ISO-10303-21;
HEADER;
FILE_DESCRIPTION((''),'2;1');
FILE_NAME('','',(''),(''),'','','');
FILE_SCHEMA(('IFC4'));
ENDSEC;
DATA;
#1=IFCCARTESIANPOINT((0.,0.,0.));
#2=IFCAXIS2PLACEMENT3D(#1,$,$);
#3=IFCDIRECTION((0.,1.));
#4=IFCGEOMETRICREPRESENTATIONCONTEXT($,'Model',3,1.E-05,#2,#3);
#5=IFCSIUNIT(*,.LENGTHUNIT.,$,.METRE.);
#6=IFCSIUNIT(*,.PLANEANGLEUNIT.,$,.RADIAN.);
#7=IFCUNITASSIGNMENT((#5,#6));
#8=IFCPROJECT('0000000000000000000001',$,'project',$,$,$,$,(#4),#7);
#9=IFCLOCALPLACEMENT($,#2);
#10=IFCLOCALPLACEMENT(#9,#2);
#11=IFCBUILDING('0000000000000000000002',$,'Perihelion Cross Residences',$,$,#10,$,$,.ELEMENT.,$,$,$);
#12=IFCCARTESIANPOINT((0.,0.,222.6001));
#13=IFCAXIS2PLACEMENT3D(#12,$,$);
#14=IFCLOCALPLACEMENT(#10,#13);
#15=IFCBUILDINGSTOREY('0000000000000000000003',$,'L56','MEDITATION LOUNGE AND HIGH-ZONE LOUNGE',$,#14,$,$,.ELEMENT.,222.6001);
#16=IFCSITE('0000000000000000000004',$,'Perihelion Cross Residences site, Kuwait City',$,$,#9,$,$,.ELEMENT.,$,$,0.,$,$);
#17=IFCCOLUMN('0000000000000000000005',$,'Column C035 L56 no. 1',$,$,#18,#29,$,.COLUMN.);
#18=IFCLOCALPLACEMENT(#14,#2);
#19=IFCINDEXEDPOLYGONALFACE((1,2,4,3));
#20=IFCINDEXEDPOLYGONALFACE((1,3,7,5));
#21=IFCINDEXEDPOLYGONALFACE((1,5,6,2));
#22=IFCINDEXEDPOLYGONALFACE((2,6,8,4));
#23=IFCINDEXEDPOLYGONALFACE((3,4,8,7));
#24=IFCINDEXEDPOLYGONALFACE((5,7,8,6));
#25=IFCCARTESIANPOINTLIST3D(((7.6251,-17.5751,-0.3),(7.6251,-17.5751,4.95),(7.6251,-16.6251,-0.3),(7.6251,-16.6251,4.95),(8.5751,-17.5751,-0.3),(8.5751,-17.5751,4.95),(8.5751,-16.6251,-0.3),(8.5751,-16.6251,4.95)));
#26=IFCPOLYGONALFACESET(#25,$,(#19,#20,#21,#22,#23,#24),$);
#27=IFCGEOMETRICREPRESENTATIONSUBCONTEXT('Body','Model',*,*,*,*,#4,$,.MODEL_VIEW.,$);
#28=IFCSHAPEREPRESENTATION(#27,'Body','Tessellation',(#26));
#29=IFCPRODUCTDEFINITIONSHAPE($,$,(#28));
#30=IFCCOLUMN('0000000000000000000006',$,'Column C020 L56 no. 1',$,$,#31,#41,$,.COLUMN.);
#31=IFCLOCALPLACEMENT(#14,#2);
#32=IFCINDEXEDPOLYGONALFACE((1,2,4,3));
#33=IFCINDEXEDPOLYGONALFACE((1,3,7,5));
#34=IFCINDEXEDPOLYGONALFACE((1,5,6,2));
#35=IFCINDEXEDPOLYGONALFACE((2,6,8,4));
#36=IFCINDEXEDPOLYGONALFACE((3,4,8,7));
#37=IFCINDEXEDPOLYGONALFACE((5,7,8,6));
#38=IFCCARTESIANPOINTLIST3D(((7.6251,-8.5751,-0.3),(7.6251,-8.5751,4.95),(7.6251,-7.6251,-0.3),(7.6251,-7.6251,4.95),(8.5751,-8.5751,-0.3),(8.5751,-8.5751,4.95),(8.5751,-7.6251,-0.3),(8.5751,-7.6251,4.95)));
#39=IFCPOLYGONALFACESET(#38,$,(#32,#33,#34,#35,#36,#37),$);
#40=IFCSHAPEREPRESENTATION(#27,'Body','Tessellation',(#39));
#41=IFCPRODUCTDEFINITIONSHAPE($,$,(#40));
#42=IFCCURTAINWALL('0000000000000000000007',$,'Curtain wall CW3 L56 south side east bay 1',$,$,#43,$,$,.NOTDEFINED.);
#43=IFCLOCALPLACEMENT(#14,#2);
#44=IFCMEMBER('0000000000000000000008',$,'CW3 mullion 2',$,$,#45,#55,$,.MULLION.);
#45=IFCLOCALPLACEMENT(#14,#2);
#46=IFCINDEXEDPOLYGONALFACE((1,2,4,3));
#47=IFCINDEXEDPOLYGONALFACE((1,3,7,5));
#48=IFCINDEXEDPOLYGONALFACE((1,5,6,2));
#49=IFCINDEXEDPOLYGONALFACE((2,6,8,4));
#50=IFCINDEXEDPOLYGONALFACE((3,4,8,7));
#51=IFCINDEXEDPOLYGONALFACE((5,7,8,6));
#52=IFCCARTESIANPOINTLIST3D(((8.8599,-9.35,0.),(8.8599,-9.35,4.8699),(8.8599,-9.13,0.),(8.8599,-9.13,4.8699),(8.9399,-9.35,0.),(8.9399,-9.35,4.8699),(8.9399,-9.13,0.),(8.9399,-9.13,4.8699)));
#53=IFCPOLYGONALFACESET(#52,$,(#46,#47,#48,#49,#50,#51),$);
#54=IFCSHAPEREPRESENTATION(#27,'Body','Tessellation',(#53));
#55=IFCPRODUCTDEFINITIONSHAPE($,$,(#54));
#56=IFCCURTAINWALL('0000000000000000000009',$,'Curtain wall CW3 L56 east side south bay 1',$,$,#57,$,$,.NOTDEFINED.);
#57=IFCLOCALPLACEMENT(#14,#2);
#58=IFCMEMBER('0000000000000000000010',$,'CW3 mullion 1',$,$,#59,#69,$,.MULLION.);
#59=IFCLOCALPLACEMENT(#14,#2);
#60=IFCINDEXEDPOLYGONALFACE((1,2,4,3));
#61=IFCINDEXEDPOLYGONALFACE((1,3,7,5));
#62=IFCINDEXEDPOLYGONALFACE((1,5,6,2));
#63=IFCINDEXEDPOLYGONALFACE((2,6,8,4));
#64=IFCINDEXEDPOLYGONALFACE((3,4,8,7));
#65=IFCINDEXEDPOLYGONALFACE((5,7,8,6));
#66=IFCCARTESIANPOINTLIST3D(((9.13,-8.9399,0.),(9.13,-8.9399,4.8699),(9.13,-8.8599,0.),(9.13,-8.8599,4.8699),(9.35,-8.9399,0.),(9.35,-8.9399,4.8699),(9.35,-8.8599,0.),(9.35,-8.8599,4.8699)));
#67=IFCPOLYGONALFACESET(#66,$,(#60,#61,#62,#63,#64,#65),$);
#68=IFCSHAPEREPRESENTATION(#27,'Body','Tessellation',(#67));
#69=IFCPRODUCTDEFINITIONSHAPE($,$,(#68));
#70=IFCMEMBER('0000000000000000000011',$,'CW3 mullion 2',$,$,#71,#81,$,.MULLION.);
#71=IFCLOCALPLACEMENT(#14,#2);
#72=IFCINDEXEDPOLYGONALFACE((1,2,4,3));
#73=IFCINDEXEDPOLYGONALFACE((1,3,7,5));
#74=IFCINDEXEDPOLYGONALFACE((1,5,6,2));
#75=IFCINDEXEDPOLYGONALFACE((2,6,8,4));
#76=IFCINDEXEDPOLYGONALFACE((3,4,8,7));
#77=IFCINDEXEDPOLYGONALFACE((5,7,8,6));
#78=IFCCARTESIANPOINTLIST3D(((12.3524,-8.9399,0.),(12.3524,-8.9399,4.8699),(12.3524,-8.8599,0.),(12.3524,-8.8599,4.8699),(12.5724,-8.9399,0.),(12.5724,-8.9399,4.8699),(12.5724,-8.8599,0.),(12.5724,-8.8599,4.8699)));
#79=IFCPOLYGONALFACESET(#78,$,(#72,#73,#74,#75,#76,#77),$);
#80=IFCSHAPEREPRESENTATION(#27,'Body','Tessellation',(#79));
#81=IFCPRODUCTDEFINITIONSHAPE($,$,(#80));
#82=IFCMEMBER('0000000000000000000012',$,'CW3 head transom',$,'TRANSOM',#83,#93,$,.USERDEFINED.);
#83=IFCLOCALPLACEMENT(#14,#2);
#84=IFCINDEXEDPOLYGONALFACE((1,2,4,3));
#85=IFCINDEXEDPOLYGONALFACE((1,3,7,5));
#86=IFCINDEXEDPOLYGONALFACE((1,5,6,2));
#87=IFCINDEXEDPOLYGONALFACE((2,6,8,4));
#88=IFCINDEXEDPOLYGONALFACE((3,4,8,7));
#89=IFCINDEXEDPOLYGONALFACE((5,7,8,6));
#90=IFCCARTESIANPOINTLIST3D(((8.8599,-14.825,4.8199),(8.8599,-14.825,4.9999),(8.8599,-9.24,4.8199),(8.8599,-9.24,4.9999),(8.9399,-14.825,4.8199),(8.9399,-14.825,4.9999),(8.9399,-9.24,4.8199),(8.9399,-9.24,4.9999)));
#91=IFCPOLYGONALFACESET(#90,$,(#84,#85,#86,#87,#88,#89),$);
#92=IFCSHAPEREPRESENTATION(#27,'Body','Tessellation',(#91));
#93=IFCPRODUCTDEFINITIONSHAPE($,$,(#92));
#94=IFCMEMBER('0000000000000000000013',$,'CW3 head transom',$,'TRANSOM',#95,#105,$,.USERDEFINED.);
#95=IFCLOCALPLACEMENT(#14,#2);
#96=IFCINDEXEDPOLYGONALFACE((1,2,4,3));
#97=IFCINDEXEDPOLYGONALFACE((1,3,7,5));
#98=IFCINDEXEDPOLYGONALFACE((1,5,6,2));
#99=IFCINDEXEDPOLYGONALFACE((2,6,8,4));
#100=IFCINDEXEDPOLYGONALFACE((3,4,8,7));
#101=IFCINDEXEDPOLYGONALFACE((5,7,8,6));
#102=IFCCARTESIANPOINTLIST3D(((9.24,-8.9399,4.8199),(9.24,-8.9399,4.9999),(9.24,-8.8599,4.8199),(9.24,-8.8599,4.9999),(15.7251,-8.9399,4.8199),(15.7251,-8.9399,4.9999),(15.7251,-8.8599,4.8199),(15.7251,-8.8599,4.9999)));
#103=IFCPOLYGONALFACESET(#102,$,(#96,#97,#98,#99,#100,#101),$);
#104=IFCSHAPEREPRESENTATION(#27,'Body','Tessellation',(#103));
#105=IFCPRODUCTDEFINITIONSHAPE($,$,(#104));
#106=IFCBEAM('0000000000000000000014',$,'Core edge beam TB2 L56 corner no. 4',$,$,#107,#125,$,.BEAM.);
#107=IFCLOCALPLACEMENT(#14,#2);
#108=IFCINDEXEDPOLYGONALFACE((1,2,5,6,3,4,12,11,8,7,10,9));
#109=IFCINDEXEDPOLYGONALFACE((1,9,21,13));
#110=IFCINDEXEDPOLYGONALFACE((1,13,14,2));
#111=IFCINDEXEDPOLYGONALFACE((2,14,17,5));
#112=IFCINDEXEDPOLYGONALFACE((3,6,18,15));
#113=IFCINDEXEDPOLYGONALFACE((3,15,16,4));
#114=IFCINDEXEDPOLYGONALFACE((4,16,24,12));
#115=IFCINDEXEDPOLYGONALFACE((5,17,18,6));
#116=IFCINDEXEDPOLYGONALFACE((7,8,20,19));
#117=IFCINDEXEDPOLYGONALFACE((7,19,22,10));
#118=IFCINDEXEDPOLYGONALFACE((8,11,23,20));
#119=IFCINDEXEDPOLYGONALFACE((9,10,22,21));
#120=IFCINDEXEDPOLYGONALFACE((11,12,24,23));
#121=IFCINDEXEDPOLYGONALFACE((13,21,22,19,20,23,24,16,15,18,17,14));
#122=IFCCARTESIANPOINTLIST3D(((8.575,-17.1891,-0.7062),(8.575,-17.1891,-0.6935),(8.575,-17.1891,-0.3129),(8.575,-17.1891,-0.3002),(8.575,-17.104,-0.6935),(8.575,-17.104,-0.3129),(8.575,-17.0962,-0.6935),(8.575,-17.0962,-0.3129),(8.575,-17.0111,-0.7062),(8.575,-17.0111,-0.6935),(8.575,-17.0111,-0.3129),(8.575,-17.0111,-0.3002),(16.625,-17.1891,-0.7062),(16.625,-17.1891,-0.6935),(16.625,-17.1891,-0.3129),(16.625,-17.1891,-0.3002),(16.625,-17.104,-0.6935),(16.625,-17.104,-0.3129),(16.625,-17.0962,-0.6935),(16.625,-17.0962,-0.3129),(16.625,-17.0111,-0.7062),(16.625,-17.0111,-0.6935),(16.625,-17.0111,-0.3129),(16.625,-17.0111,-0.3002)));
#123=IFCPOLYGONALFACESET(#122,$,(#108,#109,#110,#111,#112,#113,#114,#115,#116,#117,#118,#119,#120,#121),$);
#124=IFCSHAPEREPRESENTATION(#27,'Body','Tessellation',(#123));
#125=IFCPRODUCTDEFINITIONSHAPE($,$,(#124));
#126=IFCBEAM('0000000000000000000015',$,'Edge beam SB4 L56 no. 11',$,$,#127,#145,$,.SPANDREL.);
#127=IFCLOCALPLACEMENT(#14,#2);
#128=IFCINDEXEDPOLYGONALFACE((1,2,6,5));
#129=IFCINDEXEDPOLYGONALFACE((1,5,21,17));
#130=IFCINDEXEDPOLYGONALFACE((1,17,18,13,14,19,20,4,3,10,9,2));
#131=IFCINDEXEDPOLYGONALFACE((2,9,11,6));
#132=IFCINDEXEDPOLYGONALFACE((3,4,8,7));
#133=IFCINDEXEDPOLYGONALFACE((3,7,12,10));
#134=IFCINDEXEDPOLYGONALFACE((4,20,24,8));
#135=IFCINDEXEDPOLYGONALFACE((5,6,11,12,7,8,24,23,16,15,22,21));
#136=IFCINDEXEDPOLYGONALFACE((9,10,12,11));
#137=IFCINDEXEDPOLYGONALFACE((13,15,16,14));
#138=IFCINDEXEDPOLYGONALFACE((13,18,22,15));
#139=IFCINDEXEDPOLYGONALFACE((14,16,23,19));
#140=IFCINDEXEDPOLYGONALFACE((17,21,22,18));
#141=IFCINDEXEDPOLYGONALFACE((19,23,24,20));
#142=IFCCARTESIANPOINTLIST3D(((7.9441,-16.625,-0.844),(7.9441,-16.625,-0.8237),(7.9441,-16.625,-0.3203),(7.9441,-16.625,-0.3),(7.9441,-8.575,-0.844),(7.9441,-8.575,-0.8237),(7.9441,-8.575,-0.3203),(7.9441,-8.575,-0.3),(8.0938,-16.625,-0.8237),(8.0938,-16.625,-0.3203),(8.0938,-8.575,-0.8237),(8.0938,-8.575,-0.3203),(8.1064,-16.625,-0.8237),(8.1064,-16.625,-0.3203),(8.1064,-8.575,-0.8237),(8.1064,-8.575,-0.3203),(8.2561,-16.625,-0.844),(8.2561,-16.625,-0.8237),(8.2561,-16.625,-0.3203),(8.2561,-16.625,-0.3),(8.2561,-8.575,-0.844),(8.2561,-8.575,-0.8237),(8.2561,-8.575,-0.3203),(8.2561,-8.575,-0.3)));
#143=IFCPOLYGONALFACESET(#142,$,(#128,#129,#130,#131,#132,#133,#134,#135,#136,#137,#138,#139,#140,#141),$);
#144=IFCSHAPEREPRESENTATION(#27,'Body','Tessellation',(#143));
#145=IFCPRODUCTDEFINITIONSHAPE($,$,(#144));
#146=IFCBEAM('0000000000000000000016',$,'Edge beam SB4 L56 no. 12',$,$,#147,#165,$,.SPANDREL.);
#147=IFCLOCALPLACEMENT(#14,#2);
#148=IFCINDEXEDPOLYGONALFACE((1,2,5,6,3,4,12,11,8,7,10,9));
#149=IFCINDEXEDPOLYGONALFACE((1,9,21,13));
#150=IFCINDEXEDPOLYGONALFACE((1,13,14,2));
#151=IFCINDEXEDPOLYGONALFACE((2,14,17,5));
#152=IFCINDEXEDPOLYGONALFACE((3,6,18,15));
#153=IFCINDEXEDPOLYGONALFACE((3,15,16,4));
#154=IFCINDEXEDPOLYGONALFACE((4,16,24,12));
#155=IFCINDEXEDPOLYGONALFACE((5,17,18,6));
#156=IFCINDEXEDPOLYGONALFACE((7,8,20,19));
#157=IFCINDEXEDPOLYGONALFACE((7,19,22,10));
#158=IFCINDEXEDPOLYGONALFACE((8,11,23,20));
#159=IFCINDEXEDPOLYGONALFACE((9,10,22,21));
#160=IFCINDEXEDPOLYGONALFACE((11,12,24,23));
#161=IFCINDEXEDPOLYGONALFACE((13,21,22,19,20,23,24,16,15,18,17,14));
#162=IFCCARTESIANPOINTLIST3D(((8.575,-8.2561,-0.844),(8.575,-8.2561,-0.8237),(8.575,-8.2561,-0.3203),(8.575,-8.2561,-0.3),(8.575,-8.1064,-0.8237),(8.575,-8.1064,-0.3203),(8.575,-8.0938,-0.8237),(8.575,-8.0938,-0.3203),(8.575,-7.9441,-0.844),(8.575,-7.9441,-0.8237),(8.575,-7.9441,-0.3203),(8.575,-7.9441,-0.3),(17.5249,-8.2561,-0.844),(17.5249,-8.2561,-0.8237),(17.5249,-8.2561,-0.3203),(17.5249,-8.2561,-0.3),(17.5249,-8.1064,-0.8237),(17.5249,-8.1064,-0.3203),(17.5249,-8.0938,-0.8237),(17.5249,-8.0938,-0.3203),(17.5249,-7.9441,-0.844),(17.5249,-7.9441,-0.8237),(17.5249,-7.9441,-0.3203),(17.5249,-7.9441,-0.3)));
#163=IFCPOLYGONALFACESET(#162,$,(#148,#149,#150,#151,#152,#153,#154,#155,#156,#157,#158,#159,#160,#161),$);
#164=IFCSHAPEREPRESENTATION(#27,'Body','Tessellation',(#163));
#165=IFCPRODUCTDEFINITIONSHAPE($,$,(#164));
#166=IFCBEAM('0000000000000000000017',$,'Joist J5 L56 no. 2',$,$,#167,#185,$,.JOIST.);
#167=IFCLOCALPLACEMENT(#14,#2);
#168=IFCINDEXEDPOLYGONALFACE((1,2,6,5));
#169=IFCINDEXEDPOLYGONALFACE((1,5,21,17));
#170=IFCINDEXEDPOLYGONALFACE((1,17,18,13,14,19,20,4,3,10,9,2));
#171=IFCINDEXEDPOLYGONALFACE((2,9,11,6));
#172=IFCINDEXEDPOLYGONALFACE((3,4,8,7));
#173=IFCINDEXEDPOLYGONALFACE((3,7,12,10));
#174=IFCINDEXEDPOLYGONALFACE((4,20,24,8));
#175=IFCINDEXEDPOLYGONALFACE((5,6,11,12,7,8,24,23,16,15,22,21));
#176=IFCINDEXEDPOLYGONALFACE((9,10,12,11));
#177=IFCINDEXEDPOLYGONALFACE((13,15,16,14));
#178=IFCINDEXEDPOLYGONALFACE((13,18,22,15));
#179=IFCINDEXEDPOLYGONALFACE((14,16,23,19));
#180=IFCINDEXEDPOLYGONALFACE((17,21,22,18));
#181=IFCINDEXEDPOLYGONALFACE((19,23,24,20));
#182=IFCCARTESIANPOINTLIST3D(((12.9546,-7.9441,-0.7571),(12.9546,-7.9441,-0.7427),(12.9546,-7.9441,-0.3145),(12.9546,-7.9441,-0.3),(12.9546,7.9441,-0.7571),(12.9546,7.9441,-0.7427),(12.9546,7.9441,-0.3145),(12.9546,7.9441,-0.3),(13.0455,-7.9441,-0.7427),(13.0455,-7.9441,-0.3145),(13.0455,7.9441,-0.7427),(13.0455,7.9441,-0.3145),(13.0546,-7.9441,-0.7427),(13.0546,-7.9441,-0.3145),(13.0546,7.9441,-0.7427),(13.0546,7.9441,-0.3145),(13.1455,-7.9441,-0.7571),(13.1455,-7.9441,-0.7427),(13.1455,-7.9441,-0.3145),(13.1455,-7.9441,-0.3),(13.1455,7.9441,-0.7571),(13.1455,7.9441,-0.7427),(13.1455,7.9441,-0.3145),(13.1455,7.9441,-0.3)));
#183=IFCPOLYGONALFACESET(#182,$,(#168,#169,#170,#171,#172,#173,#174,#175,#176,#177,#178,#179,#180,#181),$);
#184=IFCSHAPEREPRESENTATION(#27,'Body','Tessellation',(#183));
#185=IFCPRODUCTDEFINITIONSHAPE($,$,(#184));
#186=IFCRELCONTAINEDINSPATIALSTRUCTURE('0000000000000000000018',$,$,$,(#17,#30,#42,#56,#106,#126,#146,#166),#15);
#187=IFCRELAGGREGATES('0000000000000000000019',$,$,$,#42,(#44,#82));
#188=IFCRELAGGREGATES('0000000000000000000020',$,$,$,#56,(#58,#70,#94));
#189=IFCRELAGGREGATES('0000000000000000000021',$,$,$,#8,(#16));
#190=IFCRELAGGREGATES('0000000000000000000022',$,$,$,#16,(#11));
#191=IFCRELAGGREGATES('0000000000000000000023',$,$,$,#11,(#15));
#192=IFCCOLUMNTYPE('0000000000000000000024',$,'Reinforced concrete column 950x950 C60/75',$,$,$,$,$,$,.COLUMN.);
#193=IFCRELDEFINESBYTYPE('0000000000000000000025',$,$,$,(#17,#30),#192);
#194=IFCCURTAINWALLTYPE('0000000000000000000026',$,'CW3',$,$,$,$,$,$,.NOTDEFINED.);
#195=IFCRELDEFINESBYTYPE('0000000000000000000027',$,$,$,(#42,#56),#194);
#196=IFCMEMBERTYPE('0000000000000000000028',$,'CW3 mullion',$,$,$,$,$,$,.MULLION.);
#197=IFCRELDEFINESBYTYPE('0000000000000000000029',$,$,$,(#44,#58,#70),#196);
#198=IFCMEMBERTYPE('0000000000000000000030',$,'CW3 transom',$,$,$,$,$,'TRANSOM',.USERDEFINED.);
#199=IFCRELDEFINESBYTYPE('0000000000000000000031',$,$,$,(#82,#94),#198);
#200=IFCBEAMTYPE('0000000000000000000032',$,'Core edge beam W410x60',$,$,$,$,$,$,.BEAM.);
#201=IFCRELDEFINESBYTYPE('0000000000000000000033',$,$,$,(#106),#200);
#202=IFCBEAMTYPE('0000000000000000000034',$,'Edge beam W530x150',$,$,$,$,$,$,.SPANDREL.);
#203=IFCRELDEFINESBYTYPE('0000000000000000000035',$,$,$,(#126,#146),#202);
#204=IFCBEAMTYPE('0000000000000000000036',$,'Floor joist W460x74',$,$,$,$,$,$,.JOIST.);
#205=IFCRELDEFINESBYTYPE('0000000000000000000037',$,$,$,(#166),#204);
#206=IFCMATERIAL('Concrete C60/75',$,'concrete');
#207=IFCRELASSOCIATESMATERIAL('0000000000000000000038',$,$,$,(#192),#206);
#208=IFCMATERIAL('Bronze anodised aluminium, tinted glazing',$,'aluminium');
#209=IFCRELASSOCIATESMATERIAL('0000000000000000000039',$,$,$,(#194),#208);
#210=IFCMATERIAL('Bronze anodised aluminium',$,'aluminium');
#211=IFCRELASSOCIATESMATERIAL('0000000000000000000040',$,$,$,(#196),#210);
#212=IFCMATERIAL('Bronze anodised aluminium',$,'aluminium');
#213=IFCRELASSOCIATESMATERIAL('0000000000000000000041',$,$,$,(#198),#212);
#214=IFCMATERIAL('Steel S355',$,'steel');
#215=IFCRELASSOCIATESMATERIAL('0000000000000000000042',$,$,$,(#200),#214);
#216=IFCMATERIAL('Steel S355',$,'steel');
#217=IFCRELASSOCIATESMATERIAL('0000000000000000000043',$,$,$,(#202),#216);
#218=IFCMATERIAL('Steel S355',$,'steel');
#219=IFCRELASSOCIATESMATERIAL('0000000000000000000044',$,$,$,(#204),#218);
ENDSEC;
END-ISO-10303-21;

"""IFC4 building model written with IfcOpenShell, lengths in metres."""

from ifc_helpers import new_model, si_unit, direction, frame, origin, origin_2d, place, context, subcontext, project, spatial, rectangle, i_section, extrude, material, material_profile, profile_set, type_object, element, aggregate, save


model = new_model("IFC4")

# Units and contexts
model_context = context("Model", 3, precision=1e-05, world=origin(), true_north=direction((0.0, 1.0)))
body_context = subcontext(model_context, "Body", "Model", "MODEL_VIEW")
ifc_project = project(units=[si_unit("LENGTHUNIT", "METRE"), si_unit("PLANEANGLEUNIT", "RADIAN")], contexts=[model_context])

# Site, building, storey
site_placement = place(None, origin())
site = spatial("IfcSite", under=ifc_project, at=site_placement, Name="Perihelion Cross Residences site, Kuwait City", CompositionType="ELEMENT", RefElevation=0.0)
building_placement = place(site_placement, origin())
building = spatial("IfcBuilding", under=site, at=building_placement, Name="Perihelion Cross Residences", CompositionType="ELEMENT")
storey_placement = place(building_placement, frame((0.0, 0.0, 222.6001)))
storey = spatial("IfcBuildingStorey", under=building, at=storey_placement, Name="L56", Description="MEDITATION LOUNGE AND HIGH-ZONE LOUNGE", CompositionType="ELEMENT", Elevation=222.6001)

# Columns
ifc_material_1 = material(Name="Concrete C60/75", Category="concrete")
ifc_material_profile_1 = material_profile(ifc_material_1, rectangle(XDim=0.95, YDim=0.95, at=origin_2d()), Name="RC 950x950")
ifc_profile_set_1 = profile_set([ifc_material_profile_1], Name="Concrete C60/75")
column_type = type_object("IfcColumnType", Name="Reinforced concrete column 950x950 C60/75", PredefinedType="COLUMN", material=ifc_profile_set_1)
for number, where, z_axis, x_axis, name in (
    (1, (8.1001, -17.1001, -0.3), (0.0, 0.0, 1.0), (1.0, 0.0, 0.0), "Column C035 L56 no. 1"),
    (2, (8.1001, -8.1001, -0.3), (0.0, 0.0, 1.0), (1.0, 0.0, 0.0), "Column C020 L56 no. 1"),
):
    element("IfcColumn", number, at=place(storey_placement, frame(where, z_axis=z_axis, x_axis=x_axis)), inside=storey, type_object=column_type, Name=name, PredefinedType="COLUMN", context=body_context, shape_type="SweptSolid", body=[
        extrude(rectangle(XDim=0.95, YDim=0.95, at=origin_2d()), origin(), (0.0, 0.0, 1.0), 5.25),
    ])

# Curtain wall, member
ifc_material_2 = material(Name="Bronze anodised aluminium, tinted glazing", Category="aluminium")
curtain_wall_type = type_object("IfcCurtainWallType", Name="CW3", PredefinedType="NOTDEFINED", material=ifc_material_2)
curtain_wall_1_placement = place(storey_placement, origin())
curtain_wall_1 = element("IfcCurtainWall", 3, at=curtain_wall_1_placement, inside=storey, type_object=curtain_wall_type, Name="Curtain wall CW3 L56 south side east bay 1", PredefinedType="NOTDEFINED")
ifc_material_3 = material(Name="Bronze anodised aluminium", Category="aluminium")
ifc_material_profile_2 = material_profile(ifc_material_3, rectangle(XDim=0.0801, YDim=0.22, at=origin_2d()), Name="CW3 mullion")
ifc_profile_set_2 = profile_set([ifc_material_profile_2], Name="Bronze anodised aluminium")
member_type_1 = type_object("IfcMemberType", Name="CW3 mullion", PredefinedType="MULLION", material=ifc_profile_set_2)
member_1_placement = place(storey_placement, frame((8.8999, -9.24, 0.0), z_axis=(0.0, 0.0, 1.0), x_axis=(-1.0, 0.0, 0.0)))
member_1 = element("IfcMember", 4, at=member_1_placement, type_object=member_type_1, Name="CW3 mullion 2", PredefinedType="MULLION", context=body_context, shape_type="SweptSolid", body=[
    extrude(rectangle(XDim=0.0801, YDim=0.22, at=origin_2d()), origin(), (0.0, 0.0, 1.0), 4.8699),
])

# Curtain wall, members
curtain_wall_2_placement = place(storey_placement, origin())
curtain_wall_2 = element("IfcCurtainWall", 5, at=curtain_wall_2_placement, inside=storey, type_object=curtain_wall_type, Name="Curtain wall CW3 L56 east side south bay 1", PredefinedType="NOTDEFINED")
member_2_placement = place(storey_placement, frame((9.24, -8.8999, 0.0), z_axis=(0.0, 0.0, 1.0), x_axis=(0.0, 1.0, 0.0)))
member_2 = element("IfcMember", 6, at=member_2_placement, type_object=member_type_1, Name="CW3 mullion 1", PredefinedType="MULLION", context=body_context, shape_type="SweptSolid", body=[
    extrude(rectangle(XDim=0.0801, YDim=0.22, at=origin_2d()), origin(), (0.0, 0.0, 1.0), 4.8699),
])
member_3_placement = place(storey_placement, frame((12.4624, -8.8999, 0.0), z_axis=(0.0, 0.0, 1.0), x_axis=(0.0, 1.0, 0.0)))
member_3 = element("IfcMember", 7, at=member_3_placement, type_object=member_type_1, Name="CW3 mullion 2", PredefinedType="MULLION", context=body_context, shape_type="SweptSolid", body=[
    extrude(rectangle(XDim=0.0801, YDim=0.22, at=origin_2d()), origin(), (0.0, 0.0, 1.0), 4.8699),
])

# Members
ifc_material_4 = material(Name="Bronze anodised aluminium", Category="aluminium")
ifc_material_profile_3 = material_profile(ifc_material_4, rectangle(XDim=0.0801, YDim=0.1799, at=origin_2d()), Name="CW3 transom")
ifc_profile_set_3 = profile_set([ifc_material_profile_3], Name="Bronze anodised aluminium")
member_type_2 = type_object("IfcMemberType", Name="CW3 transom", ElementType="TRANSOM", PredefinedType="USERDEFINED", material=ifc_profile_set_3)
member_4_placement = place(storey_placement, frame((8.8999, -14.825, 4.9099), z_axis=(0.0, 1.0, 0.0), x_axis=(-1.0, 0.0, 0.0)))
member_4 = element("IfcMember", 8, at=member_4_placement, type_object=member_type_2, Name="CW3 head transom", ObjectType="TRANSOM", PredefinedType="USERDEFINED", context=body_context, shape_type="SweptSolid", body=[
    extrude(rectangle(XDim=0.0801, YDim=0.1799, at=origin_2d()), origin(), (0.0, 0.0, 1.0), 5.585),
])
member_5_placement = place(storey_placement, frame((9.24, -8.8999, 4.9099), z_axis=(1.0, 0.0, 0.0), x_axis=(0.0, 1.0, 0.0)))
member_5 = element("IfcMember", 9, at=member_5_placement, type_object=member_type_2, Name="CW3 head transom", ObjectType="TRANSOM", PredefinedType="USERDEFINED", context=body_context, shape_type="SweptSolid", body=[
    extrude(rectangle(XDim=0.0801, YDim=0.1799, at=origin_2d()), origin(), (0.0, 0.0, 1.0), 6.4851),
])

# Beams
ifc_material_5 = material(Name="Steel S355", Category="steel")
ifc_material_profile_4 = material_profile(ifc_material_5, i_section(OverallWidth=0.178, OverallDepth=0.406, WebThickness=0.0078, FlangeThickness=0.0127, at=origin_2d()), Name="W410x60")
ifc_profile_set_4 = profile_set([ifc_material_profile_4], Name="Steel S355")
beam_type_1 = type_object("IfcBeamType", Name="Core edge beam W410x60", PredefinedType="BEAM", material=ifc_profile_set_4)
beam_1_placement = place(storey_placement, frame((8.575, -17.1001, -0.5032), z_axis=(1.0, 0.0, 0.0), x_axis=(0.0, 1.0, 0.0)))
element("IfcBeam", 10, at=beam_1_placement, inside=storey, type_object=beam_type_1, Name="Core edge beam TB2 L56 corner no. 4", PredefinedType="BEAM", context=body_context, shape_type="SweptSolid", body=[
    extrude(i_section(OverallWidth=0.178, OverallDepth=0.406, WebThickness=0.0078, FlangeThickness=0.0127, at=origin_2d()), origin(), (0.0, 0.0, 1.0), 8.05),
])
ifc_material_6 = material(Name="Steel S355", Category="steel")
ifc_material_profile_5 = material_profile(ifc_material_6, i_section(OverallWidth=0.312, OverallDepth=0.5439, WebThickness=0.0127, FlangeThickness=0.0203, at=origin_2d()), Name="W530x150")
ifc_profile_set_5 = profile_set([ifc_material_profile_5], Name="Steel S355")
beam_type_2 = type_object("IfcBeamType", Name="Edge beam W530x150", PredefinedType="SPANDREL", material=ifc_profile_set_5)
beam_2_placement = place(storey_placement, frame((8.1001, -16.625, -0.572), z_axis=(0.0, 1.0, 0.0), x_axis=(-1.0, 0.0, 0.0)))
element("IfcBeam", 11, at=beam_2_placement, inside=storey, type_object=beam_type_2, Name="Edge beam SB4 L56 no. 11", PredefinedType="SPANDREL", context=body_context, shape_type="SweptSolid", body=[
    extrude(i_section(OverallWidth=0.312, OverallDepth=0.5439, WebThickness=0.0127, FlangeThickness=0.0203, at=origin_2d()), origin(), (0.0, 0.0, 1.0), 8.05),
])
beam_3_placement = place(storey_placement, frame((8.575, -8.1001, -0.572), z_axis=(1.0, 0.0, 0.0), x_axis=(0.0, 1.0, 0.0)))
element("IfcBeam", 12, at=beam_3_placement, inside=storey, type_object=beam_type_2, Name="Edge beam SB4 L56 no. 12", PredefinedType="SPANDREL", context=body_context, shape_type="SweptSolid", body=[
    extrude(i_section(OverallWidth=0.312, OverallDepth=0.5439, WebThickness=0.0127, FlangeThickness=0.0203, at=origin_2d()), origin(), (0.0, 0.0, 1.0), 8.95),
])
ifc_material_7 = material(Name="Steel S355", Category="steel")
ifc_material_profile_6 = material_profile(ifc_material_7, i_section(OverallWidth=0.1909, OverallDepth=0.457, WebThickness=0.009, FlangeThickness=0.0144, at=origin_2d()), Name="W460x74")
ifc_profile_set_6 = profile_set([ifc_material_profile_6], Name="Steel S355")
beam_type_3 = type_object("IfcBeamType", Name="Floor joist W460x74", PredefinedType="JOIST", material=ifc_profile_set_6)
beam_4_placement = place(storey_placement, frame((13.05, -7.9441, -0.5286), z_axis=(0.0, 1.0, 0.0), x_axis=(-1.0, 0.0, 0.0)))
element("IfcBeam", 13, at=beam_4_placement, inside=storey, type_object=beam_type_3, Name="Joist J5 L56 no. 2", PredefinedType="JOIST", context=body_context, shape_type="SweptSolid", body=[
    extrude(i_section(OverallWidth=0.1909, OverallDepth=0.457, WebThickness=0.009, FlangeThickness=0.0144, at=origin_2d()), origin(), (0.0, 0.0, 1.0), 15.8882),
])

aggregate(curtain_wall_1, [member_1, member_4])
aggregate(curtain_wall_2, [member_2, member_3, member_5])

save(model, "model.ifc")
